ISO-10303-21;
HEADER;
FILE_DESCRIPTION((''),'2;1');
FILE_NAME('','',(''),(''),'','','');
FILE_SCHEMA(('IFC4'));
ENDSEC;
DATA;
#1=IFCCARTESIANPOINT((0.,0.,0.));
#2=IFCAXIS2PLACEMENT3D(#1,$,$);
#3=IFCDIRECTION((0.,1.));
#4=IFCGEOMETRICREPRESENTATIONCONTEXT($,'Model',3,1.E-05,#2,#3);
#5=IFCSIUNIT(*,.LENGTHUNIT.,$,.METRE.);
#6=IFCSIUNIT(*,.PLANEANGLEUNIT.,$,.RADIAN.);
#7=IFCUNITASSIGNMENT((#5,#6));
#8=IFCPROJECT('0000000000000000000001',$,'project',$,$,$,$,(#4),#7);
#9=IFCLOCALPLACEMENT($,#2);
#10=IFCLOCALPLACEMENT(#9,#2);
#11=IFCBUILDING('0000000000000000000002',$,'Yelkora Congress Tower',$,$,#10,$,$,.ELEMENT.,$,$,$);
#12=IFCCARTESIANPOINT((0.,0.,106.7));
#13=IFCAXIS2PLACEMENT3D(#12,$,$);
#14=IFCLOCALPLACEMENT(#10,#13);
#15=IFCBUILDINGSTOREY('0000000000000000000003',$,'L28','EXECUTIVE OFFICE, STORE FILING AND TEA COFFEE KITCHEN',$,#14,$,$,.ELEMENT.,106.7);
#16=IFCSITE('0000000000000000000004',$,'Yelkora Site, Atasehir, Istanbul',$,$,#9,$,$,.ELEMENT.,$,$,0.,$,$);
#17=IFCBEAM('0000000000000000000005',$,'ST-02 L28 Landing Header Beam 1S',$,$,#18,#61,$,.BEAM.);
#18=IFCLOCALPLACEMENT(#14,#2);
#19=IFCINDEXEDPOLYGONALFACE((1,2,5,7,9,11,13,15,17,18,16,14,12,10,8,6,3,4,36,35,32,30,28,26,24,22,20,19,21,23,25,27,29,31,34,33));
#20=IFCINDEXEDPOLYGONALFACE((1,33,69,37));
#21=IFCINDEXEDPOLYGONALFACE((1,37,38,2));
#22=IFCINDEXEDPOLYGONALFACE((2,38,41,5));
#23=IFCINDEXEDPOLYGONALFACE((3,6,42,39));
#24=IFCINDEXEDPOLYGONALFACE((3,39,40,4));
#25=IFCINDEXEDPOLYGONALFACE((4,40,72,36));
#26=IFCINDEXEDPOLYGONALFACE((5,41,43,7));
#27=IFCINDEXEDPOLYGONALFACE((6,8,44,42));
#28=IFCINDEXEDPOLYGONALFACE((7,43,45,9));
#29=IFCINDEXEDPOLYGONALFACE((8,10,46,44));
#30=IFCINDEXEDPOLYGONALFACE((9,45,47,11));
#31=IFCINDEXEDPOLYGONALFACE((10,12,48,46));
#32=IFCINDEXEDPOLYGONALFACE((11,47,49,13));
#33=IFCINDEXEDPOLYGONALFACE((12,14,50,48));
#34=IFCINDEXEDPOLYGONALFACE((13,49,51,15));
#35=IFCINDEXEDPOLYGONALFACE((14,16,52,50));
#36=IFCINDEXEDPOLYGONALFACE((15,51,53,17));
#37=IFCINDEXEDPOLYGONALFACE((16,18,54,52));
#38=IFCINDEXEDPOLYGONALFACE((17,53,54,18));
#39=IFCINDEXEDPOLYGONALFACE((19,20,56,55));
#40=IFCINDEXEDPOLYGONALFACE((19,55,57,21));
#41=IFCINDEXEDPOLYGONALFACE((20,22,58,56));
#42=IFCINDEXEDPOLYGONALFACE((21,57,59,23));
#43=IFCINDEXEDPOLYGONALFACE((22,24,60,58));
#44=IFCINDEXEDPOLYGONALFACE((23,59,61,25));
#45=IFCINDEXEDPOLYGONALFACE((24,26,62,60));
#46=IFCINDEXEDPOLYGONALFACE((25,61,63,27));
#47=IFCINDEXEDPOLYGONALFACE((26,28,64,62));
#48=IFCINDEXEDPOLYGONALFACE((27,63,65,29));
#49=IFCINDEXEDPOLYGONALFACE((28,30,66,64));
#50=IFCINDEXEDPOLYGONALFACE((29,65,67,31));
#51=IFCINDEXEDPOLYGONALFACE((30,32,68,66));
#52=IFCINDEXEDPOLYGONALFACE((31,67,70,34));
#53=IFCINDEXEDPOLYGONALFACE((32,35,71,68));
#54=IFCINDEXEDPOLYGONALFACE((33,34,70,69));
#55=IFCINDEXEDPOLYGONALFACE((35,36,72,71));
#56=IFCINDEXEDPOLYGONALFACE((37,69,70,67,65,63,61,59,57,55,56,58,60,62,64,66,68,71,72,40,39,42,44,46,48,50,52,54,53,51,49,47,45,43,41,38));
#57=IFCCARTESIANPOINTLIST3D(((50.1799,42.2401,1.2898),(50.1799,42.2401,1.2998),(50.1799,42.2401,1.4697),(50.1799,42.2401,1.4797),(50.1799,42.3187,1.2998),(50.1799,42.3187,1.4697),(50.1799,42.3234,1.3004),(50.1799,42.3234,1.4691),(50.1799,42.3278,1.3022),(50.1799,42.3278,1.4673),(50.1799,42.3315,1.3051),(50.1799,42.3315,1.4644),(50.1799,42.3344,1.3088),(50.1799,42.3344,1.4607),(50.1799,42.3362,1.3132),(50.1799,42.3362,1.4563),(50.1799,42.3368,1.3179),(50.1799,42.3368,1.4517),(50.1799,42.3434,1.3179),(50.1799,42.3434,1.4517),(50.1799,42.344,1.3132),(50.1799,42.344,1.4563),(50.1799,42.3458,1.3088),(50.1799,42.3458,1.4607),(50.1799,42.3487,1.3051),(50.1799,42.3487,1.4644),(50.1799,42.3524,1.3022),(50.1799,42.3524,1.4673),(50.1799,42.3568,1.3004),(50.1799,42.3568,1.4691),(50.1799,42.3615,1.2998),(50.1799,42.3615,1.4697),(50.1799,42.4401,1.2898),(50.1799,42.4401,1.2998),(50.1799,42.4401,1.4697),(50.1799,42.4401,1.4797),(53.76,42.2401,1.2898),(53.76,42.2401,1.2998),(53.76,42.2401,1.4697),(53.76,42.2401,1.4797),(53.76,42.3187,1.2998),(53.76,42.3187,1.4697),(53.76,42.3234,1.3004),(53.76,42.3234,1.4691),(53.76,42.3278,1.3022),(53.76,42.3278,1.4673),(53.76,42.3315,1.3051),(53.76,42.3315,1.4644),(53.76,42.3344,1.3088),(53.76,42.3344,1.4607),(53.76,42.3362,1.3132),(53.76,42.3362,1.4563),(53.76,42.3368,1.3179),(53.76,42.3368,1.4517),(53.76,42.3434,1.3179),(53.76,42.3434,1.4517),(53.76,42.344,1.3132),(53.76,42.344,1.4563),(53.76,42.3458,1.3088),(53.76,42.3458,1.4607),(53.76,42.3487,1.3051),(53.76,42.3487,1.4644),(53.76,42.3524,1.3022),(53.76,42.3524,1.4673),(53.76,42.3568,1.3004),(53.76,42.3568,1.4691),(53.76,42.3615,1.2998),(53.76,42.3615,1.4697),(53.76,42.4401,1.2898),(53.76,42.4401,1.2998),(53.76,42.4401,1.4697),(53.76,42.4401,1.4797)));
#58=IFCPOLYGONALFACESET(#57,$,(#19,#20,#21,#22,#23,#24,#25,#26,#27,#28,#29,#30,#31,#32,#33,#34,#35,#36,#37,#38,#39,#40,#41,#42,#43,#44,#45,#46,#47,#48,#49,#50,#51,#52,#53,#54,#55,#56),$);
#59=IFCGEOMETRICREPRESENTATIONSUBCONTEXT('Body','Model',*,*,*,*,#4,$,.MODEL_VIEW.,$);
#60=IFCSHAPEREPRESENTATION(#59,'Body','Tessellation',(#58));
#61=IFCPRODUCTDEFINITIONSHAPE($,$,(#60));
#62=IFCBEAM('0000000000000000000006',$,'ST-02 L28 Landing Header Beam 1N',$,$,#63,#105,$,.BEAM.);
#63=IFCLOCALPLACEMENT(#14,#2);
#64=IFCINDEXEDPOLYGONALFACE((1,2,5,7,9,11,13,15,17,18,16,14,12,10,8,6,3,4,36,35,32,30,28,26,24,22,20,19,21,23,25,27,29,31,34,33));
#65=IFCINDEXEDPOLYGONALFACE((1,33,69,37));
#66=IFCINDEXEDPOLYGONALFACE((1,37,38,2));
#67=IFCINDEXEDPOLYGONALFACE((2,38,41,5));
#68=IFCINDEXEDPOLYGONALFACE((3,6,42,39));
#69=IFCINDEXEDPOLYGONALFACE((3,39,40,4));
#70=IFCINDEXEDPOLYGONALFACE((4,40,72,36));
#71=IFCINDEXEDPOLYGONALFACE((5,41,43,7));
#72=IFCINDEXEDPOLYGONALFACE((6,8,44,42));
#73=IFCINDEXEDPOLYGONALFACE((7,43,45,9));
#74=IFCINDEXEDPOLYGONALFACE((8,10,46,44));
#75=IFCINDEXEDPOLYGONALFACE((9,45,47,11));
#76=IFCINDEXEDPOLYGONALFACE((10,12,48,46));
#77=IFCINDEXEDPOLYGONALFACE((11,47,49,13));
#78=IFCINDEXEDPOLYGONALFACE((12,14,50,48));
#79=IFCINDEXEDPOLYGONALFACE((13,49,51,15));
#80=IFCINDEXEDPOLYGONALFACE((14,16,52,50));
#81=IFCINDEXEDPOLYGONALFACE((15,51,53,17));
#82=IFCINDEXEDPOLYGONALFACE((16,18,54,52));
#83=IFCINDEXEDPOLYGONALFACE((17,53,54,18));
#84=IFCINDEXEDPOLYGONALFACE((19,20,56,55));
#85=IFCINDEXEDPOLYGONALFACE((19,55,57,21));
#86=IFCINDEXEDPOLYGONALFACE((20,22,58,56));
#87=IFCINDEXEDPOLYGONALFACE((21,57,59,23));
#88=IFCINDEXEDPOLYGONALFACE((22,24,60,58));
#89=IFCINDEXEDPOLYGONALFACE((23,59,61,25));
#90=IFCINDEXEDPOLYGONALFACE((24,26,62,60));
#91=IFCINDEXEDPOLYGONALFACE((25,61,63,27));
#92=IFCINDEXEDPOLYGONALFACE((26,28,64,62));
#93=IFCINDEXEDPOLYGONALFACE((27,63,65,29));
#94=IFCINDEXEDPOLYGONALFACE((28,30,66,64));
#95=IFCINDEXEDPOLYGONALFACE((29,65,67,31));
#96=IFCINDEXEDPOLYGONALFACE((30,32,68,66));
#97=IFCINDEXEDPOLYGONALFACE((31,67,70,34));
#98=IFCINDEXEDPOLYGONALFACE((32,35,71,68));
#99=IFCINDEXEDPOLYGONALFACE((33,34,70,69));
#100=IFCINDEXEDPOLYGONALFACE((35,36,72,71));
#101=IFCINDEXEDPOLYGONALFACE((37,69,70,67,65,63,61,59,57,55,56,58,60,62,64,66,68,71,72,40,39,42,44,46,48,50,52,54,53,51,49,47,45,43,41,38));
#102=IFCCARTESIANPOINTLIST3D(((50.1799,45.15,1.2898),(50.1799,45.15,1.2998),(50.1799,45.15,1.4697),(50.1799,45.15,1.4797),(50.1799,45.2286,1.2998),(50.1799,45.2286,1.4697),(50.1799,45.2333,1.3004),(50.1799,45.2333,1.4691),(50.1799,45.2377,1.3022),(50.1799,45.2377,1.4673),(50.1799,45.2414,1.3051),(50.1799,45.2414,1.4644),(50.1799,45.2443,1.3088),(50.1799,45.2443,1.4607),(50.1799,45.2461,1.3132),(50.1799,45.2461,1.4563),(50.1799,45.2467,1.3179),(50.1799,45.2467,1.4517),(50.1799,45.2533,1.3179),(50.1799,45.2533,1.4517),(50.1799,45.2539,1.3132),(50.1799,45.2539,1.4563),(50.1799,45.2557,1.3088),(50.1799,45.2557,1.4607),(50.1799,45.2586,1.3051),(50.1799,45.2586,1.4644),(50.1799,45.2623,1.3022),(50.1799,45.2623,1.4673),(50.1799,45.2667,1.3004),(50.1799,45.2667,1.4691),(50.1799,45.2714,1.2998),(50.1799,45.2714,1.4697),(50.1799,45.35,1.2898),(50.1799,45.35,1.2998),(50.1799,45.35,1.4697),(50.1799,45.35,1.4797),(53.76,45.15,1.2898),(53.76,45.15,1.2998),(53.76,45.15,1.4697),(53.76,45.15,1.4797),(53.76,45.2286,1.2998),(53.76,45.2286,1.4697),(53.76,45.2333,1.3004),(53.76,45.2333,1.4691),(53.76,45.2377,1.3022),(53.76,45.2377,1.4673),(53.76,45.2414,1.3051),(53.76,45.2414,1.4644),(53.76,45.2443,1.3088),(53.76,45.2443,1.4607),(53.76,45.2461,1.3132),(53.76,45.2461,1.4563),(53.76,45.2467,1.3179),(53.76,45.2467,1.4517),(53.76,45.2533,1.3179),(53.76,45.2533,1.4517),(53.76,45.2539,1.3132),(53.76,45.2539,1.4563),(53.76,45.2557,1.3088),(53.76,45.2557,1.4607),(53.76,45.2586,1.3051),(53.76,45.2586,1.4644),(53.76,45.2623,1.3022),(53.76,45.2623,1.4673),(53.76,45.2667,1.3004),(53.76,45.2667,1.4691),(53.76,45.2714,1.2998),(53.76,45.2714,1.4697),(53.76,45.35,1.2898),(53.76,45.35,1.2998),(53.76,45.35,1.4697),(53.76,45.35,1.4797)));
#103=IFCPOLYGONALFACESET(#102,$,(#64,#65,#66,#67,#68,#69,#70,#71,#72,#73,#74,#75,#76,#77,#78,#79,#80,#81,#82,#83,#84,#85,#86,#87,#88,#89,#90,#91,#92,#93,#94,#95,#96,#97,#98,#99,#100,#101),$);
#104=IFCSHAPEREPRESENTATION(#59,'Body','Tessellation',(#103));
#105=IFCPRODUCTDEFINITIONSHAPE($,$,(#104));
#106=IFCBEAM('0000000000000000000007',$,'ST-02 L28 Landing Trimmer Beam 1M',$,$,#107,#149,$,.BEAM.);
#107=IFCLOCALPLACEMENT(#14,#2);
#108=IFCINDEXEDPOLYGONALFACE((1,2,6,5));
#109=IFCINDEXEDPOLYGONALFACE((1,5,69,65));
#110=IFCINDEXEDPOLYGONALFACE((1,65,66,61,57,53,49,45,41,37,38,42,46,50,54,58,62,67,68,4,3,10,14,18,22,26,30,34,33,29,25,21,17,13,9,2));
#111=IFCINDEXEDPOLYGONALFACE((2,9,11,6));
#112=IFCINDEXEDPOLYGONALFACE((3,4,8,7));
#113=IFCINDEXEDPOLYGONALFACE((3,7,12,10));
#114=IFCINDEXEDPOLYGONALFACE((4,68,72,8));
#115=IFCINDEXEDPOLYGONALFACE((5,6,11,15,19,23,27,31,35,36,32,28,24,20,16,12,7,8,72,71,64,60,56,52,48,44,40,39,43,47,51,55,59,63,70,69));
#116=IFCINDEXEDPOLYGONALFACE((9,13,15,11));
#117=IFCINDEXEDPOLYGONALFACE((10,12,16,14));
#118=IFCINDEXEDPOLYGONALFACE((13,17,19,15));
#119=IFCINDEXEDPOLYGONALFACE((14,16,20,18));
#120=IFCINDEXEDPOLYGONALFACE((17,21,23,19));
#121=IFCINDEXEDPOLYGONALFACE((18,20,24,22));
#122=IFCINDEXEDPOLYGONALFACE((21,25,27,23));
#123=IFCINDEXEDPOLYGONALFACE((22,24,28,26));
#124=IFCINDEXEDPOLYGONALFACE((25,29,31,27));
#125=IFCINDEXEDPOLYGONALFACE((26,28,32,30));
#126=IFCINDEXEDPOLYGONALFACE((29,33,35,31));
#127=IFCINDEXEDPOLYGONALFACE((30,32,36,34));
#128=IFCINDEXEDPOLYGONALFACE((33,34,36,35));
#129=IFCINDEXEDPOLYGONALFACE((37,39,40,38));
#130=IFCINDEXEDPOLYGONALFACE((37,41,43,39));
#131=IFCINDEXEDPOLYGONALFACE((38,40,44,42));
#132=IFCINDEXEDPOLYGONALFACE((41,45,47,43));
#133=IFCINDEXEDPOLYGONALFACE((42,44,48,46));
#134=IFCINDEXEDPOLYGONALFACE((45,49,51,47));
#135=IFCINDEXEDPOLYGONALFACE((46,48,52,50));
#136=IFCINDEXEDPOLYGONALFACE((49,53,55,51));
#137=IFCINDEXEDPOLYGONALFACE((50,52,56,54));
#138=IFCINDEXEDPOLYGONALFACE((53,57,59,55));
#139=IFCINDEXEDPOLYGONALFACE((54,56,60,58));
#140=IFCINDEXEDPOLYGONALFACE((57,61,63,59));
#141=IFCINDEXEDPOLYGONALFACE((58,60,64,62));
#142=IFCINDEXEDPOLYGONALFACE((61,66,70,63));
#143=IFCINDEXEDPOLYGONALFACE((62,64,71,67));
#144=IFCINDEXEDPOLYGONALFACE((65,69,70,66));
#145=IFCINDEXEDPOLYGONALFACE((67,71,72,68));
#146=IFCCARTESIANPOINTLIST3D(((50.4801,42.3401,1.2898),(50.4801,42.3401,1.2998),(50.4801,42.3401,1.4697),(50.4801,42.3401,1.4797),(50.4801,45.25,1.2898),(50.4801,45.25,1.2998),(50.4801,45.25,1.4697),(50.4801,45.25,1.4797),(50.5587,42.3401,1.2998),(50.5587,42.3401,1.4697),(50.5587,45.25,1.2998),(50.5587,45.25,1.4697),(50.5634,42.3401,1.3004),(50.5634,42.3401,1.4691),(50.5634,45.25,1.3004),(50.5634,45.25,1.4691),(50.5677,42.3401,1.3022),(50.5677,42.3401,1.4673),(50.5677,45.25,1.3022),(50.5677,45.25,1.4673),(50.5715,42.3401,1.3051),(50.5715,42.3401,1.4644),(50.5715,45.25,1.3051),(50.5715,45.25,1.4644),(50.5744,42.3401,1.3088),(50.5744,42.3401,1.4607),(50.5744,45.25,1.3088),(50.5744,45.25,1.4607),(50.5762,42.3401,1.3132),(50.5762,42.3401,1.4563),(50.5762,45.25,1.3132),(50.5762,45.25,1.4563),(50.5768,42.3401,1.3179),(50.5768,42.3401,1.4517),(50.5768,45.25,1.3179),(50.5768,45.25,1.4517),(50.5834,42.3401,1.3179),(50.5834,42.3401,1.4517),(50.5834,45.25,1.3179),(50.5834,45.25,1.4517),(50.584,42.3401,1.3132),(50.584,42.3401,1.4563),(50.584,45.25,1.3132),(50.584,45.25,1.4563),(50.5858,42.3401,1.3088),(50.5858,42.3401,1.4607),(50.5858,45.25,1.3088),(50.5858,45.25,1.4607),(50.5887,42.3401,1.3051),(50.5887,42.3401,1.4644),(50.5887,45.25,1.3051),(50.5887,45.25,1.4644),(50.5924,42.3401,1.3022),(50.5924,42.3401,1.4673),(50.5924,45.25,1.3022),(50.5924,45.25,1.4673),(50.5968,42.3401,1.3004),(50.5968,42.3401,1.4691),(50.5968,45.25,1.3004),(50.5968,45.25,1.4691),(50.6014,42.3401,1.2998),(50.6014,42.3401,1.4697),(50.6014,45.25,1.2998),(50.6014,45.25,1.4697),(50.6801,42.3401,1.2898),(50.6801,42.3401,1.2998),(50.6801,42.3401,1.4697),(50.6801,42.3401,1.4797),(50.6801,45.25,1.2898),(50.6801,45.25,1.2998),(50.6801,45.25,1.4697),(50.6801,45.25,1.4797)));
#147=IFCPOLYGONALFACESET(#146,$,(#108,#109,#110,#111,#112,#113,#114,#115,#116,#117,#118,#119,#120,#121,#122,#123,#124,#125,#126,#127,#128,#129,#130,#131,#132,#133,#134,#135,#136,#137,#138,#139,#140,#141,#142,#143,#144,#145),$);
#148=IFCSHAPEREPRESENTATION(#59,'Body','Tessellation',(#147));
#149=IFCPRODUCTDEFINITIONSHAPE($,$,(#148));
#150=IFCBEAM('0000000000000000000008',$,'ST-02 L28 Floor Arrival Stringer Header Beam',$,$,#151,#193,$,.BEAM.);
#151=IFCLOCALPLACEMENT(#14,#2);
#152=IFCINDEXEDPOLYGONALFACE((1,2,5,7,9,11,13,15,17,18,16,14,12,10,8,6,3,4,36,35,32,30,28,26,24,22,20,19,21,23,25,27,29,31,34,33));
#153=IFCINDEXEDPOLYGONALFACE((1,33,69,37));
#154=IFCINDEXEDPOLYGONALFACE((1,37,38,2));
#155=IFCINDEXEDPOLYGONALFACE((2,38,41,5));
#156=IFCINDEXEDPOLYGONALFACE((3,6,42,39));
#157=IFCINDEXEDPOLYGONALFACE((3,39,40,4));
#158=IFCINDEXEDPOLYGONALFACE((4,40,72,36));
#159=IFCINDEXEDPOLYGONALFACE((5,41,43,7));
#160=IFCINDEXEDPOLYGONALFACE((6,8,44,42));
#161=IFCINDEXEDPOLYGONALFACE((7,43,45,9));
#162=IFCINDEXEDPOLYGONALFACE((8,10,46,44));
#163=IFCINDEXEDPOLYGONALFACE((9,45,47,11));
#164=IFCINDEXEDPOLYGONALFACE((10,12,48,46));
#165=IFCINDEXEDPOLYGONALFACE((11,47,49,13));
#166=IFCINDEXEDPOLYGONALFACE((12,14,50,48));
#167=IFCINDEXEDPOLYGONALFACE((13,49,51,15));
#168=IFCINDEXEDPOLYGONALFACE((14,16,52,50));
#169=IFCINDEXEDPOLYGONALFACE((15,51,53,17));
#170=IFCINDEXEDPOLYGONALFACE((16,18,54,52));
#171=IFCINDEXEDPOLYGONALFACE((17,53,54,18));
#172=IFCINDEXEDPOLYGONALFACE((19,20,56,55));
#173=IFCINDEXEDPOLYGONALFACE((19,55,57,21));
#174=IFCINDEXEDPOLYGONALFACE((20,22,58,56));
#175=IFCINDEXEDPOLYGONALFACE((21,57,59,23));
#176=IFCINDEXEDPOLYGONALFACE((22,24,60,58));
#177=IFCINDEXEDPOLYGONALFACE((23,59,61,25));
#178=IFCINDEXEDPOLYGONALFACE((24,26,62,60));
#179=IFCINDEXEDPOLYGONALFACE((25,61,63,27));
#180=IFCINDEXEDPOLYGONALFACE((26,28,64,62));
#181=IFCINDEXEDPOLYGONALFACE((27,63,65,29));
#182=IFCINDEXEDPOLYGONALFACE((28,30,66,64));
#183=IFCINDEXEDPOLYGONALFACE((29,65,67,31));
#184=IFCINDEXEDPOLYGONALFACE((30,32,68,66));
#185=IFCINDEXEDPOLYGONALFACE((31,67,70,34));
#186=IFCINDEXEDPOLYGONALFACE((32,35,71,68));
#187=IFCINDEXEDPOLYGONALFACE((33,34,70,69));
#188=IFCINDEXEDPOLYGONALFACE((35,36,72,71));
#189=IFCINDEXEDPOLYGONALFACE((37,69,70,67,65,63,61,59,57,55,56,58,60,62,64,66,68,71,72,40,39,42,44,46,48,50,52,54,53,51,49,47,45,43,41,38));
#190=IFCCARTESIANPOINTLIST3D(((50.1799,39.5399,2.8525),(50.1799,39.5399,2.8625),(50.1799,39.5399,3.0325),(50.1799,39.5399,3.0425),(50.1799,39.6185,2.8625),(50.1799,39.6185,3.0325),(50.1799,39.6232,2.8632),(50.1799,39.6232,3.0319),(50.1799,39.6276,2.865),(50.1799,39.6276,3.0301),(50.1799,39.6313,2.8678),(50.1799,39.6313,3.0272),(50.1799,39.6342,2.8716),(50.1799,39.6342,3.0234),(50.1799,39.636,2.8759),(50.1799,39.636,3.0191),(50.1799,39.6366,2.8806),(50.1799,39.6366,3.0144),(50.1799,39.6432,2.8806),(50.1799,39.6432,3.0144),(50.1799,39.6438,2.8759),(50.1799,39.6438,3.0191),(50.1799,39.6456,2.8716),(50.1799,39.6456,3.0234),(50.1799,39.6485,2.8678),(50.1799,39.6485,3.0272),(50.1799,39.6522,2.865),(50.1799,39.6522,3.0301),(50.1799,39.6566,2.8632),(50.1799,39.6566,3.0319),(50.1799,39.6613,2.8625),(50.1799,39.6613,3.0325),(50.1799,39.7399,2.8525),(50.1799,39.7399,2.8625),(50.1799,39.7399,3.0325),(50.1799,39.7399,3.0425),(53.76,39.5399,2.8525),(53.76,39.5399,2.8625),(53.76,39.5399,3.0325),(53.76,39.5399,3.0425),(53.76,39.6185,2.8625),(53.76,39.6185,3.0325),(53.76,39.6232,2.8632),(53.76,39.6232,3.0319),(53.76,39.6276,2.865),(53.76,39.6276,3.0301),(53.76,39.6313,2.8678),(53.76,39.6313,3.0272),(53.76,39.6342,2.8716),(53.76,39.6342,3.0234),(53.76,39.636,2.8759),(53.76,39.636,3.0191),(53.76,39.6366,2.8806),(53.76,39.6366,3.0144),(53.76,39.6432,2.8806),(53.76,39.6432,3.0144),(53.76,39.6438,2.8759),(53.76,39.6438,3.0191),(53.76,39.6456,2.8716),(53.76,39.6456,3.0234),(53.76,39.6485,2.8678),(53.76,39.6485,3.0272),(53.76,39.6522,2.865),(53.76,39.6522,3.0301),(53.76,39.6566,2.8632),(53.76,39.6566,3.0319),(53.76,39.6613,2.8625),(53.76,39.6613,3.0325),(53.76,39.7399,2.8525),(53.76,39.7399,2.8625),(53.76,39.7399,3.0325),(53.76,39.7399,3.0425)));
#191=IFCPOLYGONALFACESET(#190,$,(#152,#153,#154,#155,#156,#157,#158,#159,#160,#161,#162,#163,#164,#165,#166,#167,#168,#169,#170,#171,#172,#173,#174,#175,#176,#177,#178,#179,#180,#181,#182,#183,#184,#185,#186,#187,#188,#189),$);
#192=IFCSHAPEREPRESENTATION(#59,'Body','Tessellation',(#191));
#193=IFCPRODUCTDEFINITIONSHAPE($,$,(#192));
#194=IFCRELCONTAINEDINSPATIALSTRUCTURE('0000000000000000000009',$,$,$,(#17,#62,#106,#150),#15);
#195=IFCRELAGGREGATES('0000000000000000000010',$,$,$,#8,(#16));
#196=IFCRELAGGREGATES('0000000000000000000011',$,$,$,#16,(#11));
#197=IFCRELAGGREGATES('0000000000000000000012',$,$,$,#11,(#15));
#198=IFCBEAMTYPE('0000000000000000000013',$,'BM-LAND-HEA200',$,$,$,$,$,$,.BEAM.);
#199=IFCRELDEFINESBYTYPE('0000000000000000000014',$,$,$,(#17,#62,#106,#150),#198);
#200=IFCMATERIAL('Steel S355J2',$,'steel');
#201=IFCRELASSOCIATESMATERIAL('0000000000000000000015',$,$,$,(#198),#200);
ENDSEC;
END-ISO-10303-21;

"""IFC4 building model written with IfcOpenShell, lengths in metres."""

from ifc_helpers import new_model, si_unit, direction, frame, origin, origin_2d, place, context, subcontext, project, spatial, i_section, extrude, material, material_profile, profile_set, type_object, element, save


model = new_model("IFC4")

# Units and contexts
model_context = context("Model", 3, precision=1e-05, world=origin(), true_north=direction((0.0, 1.0)))
body_context = subcontext(model_context, "Body", "Model", "MODEL_VIEW")
ifc_project = project(units=[si_unit("LENGTHUNIT", "METRE"), si_unit("PLANEANGLEUNIT", "RADIAN")], contexts=[model_context])

# Site, building, storey
site_placement = place(None, origin())
site = spatial("IfcSite", under=ifc_project, at=site_placement, Name="Yelkora Site, Atasehir, Istanbul", CompositionType="ELEMENT", RefElevation=0.0)
building_placement = place(site_placement, origin())
building = spatial("IfcBuilding", under=site, at=building_placement, Name="Yelkora Congress Tower", CompositionType="ELEMENT")
storey_placement = place(building_placement, frame((0.0, 0.0, 106.7)))
storey = spatial("IfcBuildingStorey", under=building, at=storey_placement, Name="L28", Description="EXECUTIVE OFFICE, STORE FILING AND TEA COFFEE KITCHEN", CompositionType="ELEMENT", Elevation=106.7)

# Beams
ifc_material_1 = material(Name="Steel S355J2", Category="steel")
ifc_material_profile_1 = material_profile(ifc_material_1, i_section(OverallWidth=0.2, OverallDepth=0.1899, WebThickness=0.0066, FlangeThickness=0.01, FilletRadius=0.0181, at=origin_2d()), Name="HEA 200")
ifc_profile_set_1 = profile_set([ifc_material_profile_1], Name="Steel S355J2")
beam_type_1 = type_object("IfcBeamType", Name="BM-LAND-HEA200", PredefinedType="BEAM", material=ifc_profile_set_1)
for number, where, z_axis, x_axis, name in (
    (1, (50.1799, 42.3401, 1.3848), (1.0, 0.0, 0.0), (0.0, 1.0, 0.0), "ST-02 L28 Landing Header Beam 1S"),
    (2, (50.1799, 45.25, 1.3848), (1.0, 0.0, 0.0), (0.0, 1.0, 0.0), "ST-02 L28 Landing Header Beam 1N"),
):
    element("IfcBeam", number, at=place(storey_placement, frame(where, z_axis=z_axis, x_axis=x_axis)), inside=storey, type_object=beam_type_1, Name=name, PredefinedType="BEAM", context=body_context, shape_type="SweptSolid", body=[
        extrude(i_section(OverallWidth=0.2, OverallDepth=0.1899, WebThickness=0.0066, FlangeThickness=0.01, FilletRadius=0.0181, at=origin_2d()), origin(), (0.0, 0.0, 1.0), 3.5801),
    ])
beam_1_placement = place(storey_placement, frame((50.5801, 42.3401, 1.3848), z_axis=(0.0, 1.0, 0.0), x_axis=(-1.0, 0.0, 0.0)))
element("IfcBeam", 3, at=beam_1_placement, inside=storey, type_object=beam_type_1, Name="ST-02 L28 Landing Trimmer Beam 1M", PredefinedType="BEAM", context=body_context, shape_type="SweptSolid", body=[
    extrude(i_section(OverallWidth=0.2, OverallDepth=0.1899, WebThickness=0.0066, FlangeThickness=0.01, FilletRadius=0.0181, at=origin_2d()), origin(), (0.0, 0.0, 1.0), 2.9099),
])
beam_2_placement = place(storey_placement, frame((50.1799, 39.6399, 2.9475), z_axis=(1.0, 0.0, 0.0), x_axis=(0.0, 1.0, 0.0)))
element("IfcBeam", 4, at=beam_2_placement, inside=storey, type_object=beam_type_1, Name="ST-02 L28 Floor Arrival Stringer Header Beam", PredefinedType="BEAM", context=body_context, shape_type="SweptSolid", body=[
    extrude(i_section(OverallWidth=0.2, OverallDepth=0.1899, WebThickness=0.0066, FlangeThickness=0.01, FilletRadius=0.0181, at=origin_2d()), origin(), (0.0, 0.0, 1.0), 3.5801),
])

save(model, "model.ifc")
